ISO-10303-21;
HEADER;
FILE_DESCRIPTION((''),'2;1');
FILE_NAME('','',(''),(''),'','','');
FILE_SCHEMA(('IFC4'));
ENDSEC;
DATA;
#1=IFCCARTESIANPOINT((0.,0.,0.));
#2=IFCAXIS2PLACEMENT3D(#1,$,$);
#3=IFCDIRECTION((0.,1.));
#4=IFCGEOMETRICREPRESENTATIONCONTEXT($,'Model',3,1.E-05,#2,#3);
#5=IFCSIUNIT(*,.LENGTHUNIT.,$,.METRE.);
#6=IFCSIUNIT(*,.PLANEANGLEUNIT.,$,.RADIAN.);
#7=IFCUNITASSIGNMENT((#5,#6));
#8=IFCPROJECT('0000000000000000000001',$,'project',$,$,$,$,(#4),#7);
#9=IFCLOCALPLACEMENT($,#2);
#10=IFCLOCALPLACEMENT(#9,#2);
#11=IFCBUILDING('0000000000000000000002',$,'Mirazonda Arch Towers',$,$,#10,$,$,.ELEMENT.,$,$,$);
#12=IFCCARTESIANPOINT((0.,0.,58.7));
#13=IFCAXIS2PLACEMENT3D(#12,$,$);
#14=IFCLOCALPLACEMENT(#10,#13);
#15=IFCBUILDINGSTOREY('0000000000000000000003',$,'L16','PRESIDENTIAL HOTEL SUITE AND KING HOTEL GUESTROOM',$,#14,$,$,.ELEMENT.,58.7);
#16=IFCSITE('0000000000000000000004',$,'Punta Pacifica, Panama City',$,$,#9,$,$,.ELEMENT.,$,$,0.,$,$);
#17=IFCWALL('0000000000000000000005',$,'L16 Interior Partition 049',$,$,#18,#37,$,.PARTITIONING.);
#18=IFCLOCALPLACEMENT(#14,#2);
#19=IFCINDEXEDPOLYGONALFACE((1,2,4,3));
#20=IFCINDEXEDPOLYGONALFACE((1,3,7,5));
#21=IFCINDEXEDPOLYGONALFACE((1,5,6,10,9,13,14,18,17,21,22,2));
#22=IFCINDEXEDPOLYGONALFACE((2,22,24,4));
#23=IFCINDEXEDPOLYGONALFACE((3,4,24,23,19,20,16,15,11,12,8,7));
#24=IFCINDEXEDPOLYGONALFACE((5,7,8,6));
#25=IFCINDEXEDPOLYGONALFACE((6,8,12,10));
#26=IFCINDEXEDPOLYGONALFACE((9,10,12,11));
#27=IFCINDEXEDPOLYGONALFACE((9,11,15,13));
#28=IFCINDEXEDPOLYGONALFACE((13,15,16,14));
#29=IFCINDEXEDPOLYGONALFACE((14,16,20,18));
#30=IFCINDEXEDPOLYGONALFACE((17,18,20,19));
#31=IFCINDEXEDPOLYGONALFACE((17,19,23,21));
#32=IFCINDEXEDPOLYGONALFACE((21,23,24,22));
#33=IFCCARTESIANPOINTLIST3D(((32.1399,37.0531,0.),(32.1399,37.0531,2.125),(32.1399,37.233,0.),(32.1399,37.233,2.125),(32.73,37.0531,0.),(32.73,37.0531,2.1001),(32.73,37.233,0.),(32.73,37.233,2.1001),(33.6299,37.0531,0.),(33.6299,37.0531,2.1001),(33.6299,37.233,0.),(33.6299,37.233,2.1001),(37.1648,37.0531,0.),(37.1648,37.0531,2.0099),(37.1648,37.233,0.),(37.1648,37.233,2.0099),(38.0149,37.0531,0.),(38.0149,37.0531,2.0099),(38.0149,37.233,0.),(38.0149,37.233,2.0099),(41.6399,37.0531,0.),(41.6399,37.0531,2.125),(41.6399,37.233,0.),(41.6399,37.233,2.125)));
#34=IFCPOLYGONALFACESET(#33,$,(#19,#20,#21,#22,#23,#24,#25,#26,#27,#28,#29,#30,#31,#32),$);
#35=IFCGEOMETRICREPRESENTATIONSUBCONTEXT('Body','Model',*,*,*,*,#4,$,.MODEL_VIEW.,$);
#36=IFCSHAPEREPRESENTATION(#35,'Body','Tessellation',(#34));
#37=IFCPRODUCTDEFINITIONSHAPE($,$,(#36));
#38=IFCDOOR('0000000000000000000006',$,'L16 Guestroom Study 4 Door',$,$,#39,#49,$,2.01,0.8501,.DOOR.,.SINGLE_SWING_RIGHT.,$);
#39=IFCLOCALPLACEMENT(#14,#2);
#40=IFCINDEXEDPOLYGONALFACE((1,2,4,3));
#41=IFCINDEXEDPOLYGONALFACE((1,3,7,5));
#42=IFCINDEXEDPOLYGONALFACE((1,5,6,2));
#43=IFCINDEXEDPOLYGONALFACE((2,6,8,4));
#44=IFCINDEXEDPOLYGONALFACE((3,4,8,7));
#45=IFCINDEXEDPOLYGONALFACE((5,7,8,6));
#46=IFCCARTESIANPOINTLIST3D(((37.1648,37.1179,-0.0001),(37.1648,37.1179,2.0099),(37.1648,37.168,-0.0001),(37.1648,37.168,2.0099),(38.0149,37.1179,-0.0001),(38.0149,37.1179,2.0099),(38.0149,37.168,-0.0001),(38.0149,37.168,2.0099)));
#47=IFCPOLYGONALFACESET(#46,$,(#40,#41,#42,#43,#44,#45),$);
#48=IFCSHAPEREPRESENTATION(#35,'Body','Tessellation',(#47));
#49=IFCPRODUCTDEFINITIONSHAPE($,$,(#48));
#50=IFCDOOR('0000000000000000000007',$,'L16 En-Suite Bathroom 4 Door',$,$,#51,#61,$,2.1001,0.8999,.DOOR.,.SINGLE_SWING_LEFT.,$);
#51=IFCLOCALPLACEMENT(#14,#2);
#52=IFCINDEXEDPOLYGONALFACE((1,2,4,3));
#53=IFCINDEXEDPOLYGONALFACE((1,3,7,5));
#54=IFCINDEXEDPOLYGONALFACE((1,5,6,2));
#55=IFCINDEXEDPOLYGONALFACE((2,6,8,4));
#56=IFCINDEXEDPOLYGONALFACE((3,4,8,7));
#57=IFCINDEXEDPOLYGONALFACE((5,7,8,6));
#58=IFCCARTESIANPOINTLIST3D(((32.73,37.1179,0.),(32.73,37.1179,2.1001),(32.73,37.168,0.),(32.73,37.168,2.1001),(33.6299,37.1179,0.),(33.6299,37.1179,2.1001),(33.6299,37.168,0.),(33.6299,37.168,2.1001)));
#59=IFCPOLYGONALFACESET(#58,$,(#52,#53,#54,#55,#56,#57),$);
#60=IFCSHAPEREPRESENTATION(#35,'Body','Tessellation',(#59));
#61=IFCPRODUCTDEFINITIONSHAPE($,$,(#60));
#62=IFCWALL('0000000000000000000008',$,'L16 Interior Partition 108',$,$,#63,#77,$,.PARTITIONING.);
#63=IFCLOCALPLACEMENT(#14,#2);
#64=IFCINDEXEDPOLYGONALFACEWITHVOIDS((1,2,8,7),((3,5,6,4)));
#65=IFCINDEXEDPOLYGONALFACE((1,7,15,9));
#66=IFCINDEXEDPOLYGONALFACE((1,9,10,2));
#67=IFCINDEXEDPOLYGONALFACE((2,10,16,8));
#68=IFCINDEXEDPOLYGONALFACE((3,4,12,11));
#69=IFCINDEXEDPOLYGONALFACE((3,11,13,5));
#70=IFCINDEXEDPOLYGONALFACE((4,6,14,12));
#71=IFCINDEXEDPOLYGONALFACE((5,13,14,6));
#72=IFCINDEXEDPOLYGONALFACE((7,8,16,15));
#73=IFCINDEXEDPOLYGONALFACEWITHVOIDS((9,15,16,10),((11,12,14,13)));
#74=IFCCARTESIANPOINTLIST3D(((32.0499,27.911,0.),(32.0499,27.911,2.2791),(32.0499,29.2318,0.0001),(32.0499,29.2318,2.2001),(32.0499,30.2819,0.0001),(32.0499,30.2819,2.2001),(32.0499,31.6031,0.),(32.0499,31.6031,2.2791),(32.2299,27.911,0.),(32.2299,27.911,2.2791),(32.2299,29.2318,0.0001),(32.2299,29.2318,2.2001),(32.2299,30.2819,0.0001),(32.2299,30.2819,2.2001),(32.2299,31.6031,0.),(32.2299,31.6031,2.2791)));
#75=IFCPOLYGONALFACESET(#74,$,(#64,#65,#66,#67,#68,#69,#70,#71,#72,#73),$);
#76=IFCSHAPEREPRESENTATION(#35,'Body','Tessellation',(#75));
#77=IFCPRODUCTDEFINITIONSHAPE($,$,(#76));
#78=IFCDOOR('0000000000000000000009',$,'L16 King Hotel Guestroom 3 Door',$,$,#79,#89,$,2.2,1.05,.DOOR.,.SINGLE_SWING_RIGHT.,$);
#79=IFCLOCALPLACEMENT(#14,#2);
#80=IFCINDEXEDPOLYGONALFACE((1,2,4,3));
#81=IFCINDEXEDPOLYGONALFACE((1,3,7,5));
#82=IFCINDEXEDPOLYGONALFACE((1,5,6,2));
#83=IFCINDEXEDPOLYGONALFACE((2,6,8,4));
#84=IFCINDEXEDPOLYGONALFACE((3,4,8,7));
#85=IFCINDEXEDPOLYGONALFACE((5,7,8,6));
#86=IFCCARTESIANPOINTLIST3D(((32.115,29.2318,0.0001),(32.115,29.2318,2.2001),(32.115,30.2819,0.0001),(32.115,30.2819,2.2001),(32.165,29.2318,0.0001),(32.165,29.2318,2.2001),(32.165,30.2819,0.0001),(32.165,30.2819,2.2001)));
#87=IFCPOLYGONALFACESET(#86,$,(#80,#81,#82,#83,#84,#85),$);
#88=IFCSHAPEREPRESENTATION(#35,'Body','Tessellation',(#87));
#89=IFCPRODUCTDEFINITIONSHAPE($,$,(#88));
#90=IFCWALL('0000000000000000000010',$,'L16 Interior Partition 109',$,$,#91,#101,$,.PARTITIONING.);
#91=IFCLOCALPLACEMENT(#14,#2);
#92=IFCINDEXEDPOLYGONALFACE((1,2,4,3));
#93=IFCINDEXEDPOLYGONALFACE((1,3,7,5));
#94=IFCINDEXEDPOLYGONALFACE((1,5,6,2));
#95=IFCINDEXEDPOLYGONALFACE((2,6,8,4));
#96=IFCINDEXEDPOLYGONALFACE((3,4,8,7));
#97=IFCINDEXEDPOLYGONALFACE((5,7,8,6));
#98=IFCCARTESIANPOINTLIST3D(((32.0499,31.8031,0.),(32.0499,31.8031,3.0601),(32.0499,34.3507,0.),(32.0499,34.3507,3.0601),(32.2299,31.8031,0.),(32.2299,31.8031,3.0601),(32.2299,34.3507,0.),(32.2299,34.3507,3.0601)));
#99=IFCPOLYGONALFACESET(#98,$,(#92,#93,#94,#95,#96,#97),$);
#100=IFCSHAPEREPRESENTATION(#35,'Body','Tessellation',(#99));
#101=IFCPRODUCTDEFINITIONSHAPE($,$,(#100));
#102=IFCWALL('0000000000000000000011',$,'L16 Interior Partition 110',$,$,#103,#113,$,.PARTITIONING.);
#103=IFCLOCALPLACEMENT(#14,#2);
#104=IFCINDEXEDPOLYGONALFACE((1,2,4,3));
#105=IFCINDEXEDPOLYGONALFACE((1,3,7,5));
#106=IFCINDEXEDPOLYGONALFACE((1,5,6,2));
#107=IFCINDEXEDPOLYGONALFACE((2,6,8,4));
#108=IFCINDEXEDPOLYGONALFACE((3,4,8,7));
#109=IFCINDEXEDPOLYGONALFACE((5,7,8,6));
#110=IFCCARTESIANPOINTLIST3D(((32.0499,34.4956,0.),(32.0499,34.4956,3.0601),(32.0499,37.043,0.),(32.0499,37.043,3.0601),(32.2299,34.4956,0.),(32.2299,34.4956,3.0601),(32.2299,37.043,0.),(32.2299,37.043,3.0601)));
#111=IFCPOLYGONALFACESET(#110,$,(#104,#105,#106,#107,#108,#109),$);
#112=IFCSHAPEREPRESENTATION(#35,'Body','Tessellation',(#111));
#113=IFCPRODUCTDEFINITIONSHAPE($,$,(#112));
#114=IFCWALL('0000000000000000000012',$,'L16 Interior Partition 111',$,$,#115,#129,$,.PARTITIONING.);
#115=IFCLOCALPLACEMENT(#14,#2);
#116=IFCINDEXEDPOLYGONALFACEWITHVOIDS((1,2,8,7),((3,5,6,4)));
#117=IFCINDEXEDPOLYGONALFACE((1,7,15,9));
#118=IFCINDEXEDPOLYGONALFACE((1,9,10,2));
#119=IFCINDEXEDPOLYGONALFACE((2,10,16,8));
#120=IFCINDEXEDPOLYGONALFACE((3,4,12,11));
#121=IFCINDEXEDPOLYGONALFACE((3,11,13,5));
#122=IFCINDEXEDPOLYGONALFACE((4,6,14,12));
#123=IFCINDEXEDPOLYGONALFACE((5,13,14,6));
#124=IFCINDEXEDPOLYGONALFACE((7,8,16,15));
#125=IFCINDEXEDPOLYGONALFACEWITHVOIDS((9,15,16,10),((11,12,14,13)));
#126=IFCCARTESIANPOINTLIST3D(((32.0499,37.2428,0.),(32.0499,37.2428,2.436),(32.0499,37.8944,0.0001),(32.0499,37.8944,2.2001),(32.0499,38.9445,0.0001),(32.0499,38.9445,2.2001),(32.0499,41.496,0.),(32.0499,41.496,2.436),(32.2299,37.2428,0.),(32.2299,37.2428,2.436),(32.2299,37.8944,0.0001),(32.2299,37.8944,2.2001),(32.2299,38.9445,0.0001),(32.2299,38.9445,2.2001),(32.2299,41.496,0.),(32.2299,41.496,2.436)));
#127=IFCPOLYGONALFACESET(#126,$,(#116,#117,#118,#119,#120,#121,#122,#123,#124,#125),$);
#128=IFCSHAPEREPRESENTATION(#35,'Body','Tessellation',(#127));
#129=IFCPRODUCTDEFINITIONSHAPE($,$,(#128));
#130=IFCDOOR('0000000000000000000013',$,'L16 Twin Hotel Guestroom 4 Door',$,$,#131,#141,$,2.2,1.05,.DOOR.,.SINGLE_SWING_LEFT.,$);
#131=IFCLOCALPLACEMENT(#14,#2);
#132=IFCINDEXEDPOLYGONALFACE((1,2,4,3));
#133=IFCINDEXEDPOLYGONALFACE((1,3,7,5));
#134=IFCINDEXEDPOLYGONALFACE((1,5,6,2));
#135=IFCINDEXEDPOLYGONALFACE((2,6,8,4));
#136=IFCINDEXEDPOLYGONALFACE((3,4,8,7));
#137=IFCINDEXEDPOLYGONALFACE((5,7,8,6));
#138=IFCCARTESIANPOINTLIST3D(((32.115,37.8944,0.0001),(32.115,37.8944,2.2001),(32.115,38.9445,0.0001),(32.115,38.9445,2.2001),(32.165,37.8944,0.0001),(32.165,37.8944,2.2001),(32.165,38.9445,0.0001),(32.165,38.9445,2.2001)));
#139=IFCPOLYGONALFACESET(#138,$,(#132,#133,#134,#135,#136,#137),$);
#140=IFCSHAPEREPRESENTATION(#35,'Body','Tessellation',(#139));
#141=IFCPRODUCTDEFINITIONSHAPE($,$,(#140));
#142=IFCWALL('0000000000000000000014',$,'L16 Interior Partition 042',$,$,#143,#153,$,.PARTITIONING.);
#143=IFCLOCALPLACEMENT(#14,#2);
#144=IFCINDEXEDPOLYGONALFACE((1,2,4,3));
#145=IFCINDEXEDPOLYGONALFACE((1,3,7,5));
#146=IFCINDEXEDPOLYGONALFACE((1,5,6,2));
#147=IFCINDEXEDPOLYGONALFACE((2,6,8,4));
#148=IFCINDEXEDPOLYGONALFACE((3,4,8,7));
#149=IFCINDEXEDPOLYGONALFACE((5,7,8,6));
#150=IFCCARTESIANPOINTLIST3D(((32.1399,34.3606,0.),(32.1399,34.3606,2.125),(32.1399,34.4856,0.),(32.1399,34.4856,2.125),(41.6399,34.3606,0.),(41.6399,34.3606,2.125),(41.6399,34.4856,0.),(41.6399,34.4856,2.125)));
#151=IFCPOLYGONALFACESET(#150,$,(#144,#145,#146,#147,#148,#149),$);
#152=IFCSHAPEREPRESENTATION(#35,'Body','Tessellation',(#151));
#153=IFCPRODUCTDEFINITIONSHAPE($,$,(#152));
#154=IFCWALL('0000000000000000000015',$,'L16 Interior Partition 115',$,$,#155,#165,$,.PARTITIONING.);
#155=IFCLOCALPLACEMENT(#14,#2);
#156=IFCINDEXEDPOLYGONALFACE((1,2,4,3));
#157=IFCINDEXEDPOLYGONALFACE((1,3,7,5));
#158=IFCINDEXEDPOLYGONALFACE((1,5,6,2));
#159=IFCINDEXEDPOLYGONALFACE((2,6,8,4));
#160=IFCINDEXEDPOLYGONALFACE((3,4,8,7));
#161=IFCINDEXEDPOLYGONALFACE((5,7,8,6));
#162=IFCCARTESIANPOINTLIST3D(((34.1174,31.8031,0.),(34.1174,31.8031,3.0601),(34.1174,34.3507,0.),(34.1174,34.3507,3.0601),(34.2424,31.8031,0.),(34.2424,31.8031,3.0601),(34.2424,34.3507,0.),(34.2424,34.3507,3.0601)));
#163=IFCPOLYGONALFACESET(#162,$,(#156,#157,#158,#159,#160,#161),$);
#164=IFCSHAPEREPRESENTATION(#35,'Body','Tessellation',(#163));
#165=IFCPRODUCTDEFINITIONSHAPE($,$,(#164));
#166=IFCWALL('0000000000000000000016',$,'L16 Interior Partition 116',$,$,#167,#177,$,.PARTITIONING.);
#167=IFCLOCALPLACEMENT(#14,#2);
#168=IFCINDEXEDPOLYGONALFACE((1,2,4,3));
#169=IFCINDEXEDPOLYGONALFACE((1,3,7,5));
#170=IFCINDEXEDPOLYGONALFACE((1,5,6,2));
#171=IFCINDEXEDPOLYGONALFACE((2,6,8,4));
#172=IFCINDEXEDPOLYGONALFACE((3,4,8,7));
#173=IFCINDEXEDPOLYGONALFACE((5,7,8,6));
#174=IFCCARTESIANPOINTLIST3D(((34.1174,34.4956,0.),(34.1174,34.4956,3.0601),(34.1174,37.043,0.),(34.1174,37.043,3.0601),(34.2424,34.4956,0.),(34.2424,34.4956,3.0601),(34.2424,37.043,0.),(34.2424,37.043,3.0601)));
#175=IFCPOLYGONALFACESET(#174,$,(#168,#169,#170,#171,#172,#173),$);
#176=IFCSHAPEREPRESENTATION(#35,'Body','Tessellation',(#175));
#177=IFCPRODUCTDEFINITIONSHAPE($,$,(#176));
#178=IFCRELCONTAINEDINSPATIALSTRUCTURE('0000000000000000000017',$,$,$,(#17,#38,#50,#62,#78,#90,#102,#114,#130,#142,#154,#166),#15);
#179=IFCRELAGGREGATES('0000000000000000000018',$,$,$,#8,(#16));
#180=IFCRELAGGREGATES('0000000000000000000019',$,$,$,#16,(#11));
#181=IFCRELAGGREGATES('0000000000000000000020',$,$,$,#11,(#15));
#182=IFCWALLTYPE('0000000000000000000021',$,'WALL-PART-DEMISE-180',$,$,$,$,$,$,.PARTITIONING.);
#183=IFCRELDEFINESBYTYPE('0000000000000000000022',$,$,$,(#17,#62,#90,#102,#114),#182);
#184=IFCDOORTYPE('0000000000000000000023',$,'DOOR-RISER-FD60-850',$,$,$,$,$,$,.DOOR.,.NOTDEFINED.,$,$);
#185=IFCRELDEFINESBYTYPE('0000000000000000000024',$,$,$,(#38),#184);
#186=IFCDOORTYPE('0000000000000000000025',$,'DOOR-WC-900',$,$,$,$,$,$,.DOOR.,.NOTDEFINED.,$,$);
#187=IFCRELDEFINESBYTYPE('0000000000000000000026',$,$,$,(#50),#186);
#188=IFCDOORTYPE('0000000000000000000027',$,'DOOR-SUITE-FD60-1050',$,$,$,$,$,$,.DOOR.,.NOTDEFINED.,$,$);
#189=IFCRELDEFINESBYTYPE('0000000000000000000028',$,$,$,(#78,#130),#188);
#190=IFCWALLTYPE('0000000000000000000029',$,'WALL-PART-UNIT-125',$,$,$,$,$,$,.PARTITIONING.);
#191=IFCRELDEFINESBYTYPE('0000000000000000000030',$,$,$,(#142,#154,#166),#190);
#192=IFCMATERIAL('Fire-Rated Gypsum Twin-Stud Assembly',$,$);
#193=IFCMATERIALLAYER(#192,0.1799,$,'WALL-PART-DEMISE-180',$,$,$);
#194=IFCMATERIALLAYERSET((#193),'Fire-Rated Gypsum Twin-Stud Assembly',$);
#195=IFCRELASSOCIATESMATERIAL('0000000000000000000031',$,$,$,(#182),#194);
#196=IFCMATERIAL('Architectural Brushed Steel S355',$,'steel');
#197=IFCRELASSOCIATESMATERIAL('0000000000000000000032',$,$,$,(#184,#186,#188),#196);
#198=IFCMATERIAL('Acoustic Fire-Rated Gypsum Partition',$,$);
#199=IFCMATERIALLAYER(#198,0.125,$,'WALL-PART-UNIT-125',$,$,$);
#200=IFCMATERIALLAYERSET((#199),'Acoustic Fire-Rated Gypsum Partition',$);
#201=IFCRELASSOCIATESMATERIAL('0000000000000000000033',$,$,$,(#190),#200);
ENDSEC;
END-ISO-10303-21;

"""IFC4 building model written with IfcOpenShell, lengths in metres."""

from ifc_helpers import new_model, si_unit, direction, frame, frame_2d, origin, place, context, subcontext, project, spatial, rectangle, extrude, material, layer, layer_set, type_object, element, fill, save


model = new_model("IFC4")

# Units and contexts
model_context = context("Model", 3, precision=1e-05, world=origin(), true_north=direction((0.0, 1.0)))
body_context = subcontext(model_context, "Body", "Model", "MODEL_VIEW")
ifc_project = project(units=[si_unit("LENGTHUNIT", "METRE"), si_unit("PLANEANGLEUNIT", "RADIAN")], contexts=[model_context])

# Site, building, storey
site_placement = place(None, origin())
site = spatial("IfcSite", under=ifc_project, at=site_placement, Name="Punta Pacifica, Panama City", CompositionType="ELEMENT", RefElevation=0.0)
building_placement = place(site_placement, origin())
building = spatial("IfcBuilding", under=site, at=building_placement, Name="Mirazonda Arch Towers", CompositionType="ELEMENT")
storey_placement = place(building_placement, frame((0.0, 0.0, 58.7)))
storey = spatial("IfcBuildingStorey", under=building, at=storey_placement, Name="L16", Description="PRESIDENTIAL HOTEL SUITE AND KING HOTEL GUESTROOM", CompositionType="ELEMENT", Elevation=58.7)

# Shared definitions
ifc_material_1 = material(Name="Fire-Rated Gypsum Twin-Stud Assembly")
ifc_layer_1 = layer(ifc_material_1, 0.1799, Name="WALL-PART-DEMISE-180")
ifc_layer_set_1 = layer_set([ifc_layer_1], Name="Fire-Rated Gypsum Twin-Stud Assembly")
wall_type_1 = type_object("IfcWallType", Name="WALL-PART-DEMISE-180", PredefinedType="PARTITIONING", material=ifc_layer_set_1)

# Wall, openings, doors
ifc_material_2 = material(Name="Architectural Brushed Steel S355", Category="steel")
door_type_1 = type_object("IfcDoorType", Name="DOOR-RISER-FD60-850", OperationType="NOTDEFINED", PredefinedType="DOOR", material=ifc_material_2)
door_type_2 = type_object("IfcDoorType", Name="DOOR-WC-900", OperationType="NOTDEFINED", PredefinedType="DOOR", material=ifc_material_2)
wall_1_placement = place(storey_placement, frame((32.1399, 37.1431, 0.0), z_axis=(0.0, 0.0, 1.0), x_axis=(1.0, 0.0, 0.0)))
wall_1 = element("IfcWall", 1, at=wall_1_placement, inside=storey, type_object=wall_type_1, Name="L16 Interior Partition 049", PredefinedType="PARTITIONING", context=body_context, shape_type="SweptSolid", body=[
    extrude(rectangle(XDim=9.5, YDim=0.1799, at=frame_2d((4.75, 0.0))), origin(), (0.0, 0.0, 1.0), 2.125),
])
opening_1_placement = place(wall_1_placement, frame((5.0249, 0.0, 0.0)))
opening_1 = element("IfcOpeningElement", 2, at=opening_1_placement, cuts=wall_1, PredefinedType="OPENING", context=body_context, shape_type="SweptSolid", body=[
    extrude(rectangle(XDim=0.8501, YDim=2.01, at=frame_2d((0.425, 1.0049))), frame((0.0, 0.0999, 0.0), z_axis=(0.0, -1.0, 0.0), x_axis=(1.0, 0.0, 0.0)), (0.0, 0.0, 1.0), 0.2),
])
opening_2_placement = place(wall_1_placement, frame((0.5901, 0.0, 0.0)))
opening_2 = element("IfcOpeningElement", 3, at=opening_2_placement, cuts=wall_1, PredefinedType="OPENING", context=body_context, shape_type="SweptSolid", body=[
    extrude(rectangle(XDim=0.8999, YDim=2.1001, at=frame_2d((0.45, 1.05))), frame((0.0, 0.0999, 0.0), z_axis=(0.0, -1.0, 0.0), x_axis=(1.0, 0.0, 0.0)), (0.0, 0.0, 1.0), 0.2),
])
door_1_placement = place(opening_1_placement, origin())
door_1 = element("IfcDoor", 4, at=door_1_placement, inside=storey, type_object=door_type_1, Name="L16 Guestroom Study 4 Door", OperationType="SINGLE_SWING_RIGHT", OverallHeight=2.01, OverallWidth=0.8501, PredefinedType="DOOR", context=body_context, shape_type="SweptSolid", body=[
    extrude(rectangle(XDim=0.8501, YDim=2.01, at=frame_2d((0.425, 1.0049))), frame((0.0, 0.0249, 0.0), z_axis=(0.0, -1.0, 0.0), x_axis=(1.0, 0.0, 0.0)), (0.0, 0.0, 1.0), 0.05),
])
fill(opening_1, door_1)
door_2_placement = place(opening_2_placement, origin())
door_2 = element("IfcDoor", 5, at=door_2_placement, inside=storey, type_object=door_type_2, Name="L16 En-Suite Bathroom 4 Door", OperationType="SINGLE_SWING_LEFT", OverallHeight=2.1001, OverallWidth=0.8999, PredefinedType="DOOR", context=body_context, shape_type="SweptSolid", body=[
    extrude(rectangle(XDim=0.8999, YDim=2.1001, at=frame_2d((0.45, 1.05))), frame((0.0, 0.0249, 0.0), z_axis=(0.0, -1.0, 0.0), x_axis=(1.0, 0.0, 0.0)), (0.0, 0.0, 1.0), 0.05),
])
fill(opening_2, door_2)

# Wall, opening, door
wall_2_placement = place(storey_placement, frame((32.1399, 27.9109, 0.0), z_axis=(0.0, 0.0, 1.0), x_axis=(0.0, 1.0, 0.0)))
wall_2 = element("IfcWall", 6, at=wall_2_placement, inside=storey, type_object=wall_type_1, Name="L16 Interior Partition 108", PredefinedType="PARTITIONING", context=body_context, shape_type="SweptSolid", body=[
    extrude(rectangle(XDim=3.6921, YDim=0.1799, at=frame_2d((1.8462, 0.0))), origin(), (0.0, 0.0, 1.0), 2.2791),
])
opening_3_placement = place(wall_2_placement, frame((1.321, 0.0, 0.0)))
opening_3 = element("IfcOpeningElement", 7, at=opening_3_placement, cuts=wall_2, PredefinedType="OPENING", context=body_context, shape_type="SweptSolid", body=[
    extrude(rectangle(XDim=1.05, YDim=2.2, at=frame_2d((0.5249, 1.1001))), frame((0.0, 0.0999, 0.0), z_axis=(0.0, -1.0, 0.0), x_axis=(1.0, 0.0, 0.0)), (0.0, 0.0, 1.0), 0.2),
])
door_type_3 = type_object("IfcDoorType", Name="DOOR-SUITE-FD60-1050", OperationType="NOTDEFINED", PredefinedType="DOOR", material=ifc_material_2)
door_3_placement = place(opening_3_placement, origin())
door_3 = element("IfcDoor", 8, at=door_3_placement, inside=storey, type_object=door_type_3, Name="L16 King Hotel Guestroom 3 Door", OperationType="SINGLE_SWING_RIGHT", OverallHeight=2.2, OverallWidth=1.05, PredefinedType="DOOR", context=body_context, shape_type="SweptSolid", body=[
    extrude(rectangle(XDim=1.05, YDim=2.2, at=frame_2d((0.5249, 1.1001))), frame((0.0, 0.0249, 0.0), z_axis=(0.0, -1.0, 0.0), x_axis=(1.0, 0.0, 0.0)), (0.0, 0.0, 1.0), 0.05),
])
fill(opening_3, door_3)

# Walls
wall_3_placement = place(storey_placement, frame((32.1399, 31.803, 0.0), z_axis=(0.0, 0.0, 1.0), x_axis=(0.0, 1.0, 0.0)))
element("IfcWall", 9, at=wall_3_placement, inside=storey, type_object=wall_type_1, Name="L16 Interior Partition 109", PredefinedType="PARTITIONING", context=body_context, shape_type="SweptSolid", body=[
    extrude(rectangle(XDim=2.5476, YDim=0.1799, at=frame_2d((1.2739, 0.0))), origin(), (0.0, 0.0, 1.0), 3.0601),
])
wall_4_placement = place(storey_placement, frame((32.1399, 34.4956, 0.0), z_axis=(0.0, 0.0, 1.0), x_axis=(0.0, 1.0, 0.0)))
element("IfcWall", 10, at=wall_4_placement, inside=storey, type_object=wall_type_1, Name="L16 Interior Partition 110", PredefinedType="PARTITIONING", context=body_context, shape_type="SweptSolid", body=[
    extrude(rectangle(XDim=2.5474, YDim=0.1799, at=frame_2d((1.2737, 0.0))), origin(), (0.0, 0.0, 1.0), 3.0601),
])

# Wall, opening, door
wall_5_placement = place(storey_placement, frame((32.1399, 37.2429, 0.0), z_axis=(0.0, 0.0, 1.0), x_axis=(0.0, 1.0, 0.0)))
wall_5 = element("IfcWall", 11, at=wall_5_placement, inside=storey, type_object=wall_type_1, Name="L16 Interior Partition 111", PredefinedType="PARTITIONING", context=body_context, shape_type="SweptSolid", body=[
    extrude(rectangle(XDim=4.2532, YDim=0.1799, at=frame_2d((2.1265, 0.0))), origin(), (0.0, 0.0, 1.0), 2.436),
])
opening_4_placement = place(wall_5_placement, frame((0.6516, 0.0, 0.0)))
opening_4 = element("IfcOpeningElement", 12, at=opening_4_placement, cuts=wall_5, PredefinedType="OPENING", context=body_context, shape_type="SweptSolid", body=[
    extrude(rectangle(XDim=1.05, YDim=2.2, at=frame_2d((0.5249, 1.1001))), frame((0.0, 0.0999, 0.0), z_axis=(0.0, -1.0, 0.0), x_axis=(1.0, 0.0, 0.0)), (0.0, 0.0, 1.0), 0.2),
])
door_4_placement = place(opening_4_placement, origin())
door_4 = element("IfcDoor", 13, at=door_4_placement, inside=storey, type_object=door_type_3, Name="L16 Twin Hotel Guestroom 4 Door", OperationType="SINGLE_SWING_LEFT", OverallHeight=2.2, OverallWidth=1.05, PredefinedType="DOOR", context=body_context, shape_type="SweptSolid", body=[
    extrude(rectangle(XDim=1.05, YDim=2.2, at=frame_2d((0.5249, 1.1001))), frame((0.0, 0.0249, 0.0), z_axis=(0.0, -1.0, 0.0), x_axis=(1.0, 0.0, 0.0)), (0.0, 0.0, 1.0), 0.05),
])
fill(opening_4, door_4)

# Walls
ifc_material_3 = material(Name="Acoustic Fire-Rated Gypsum Partition")
ifc_layer_2 = layer(ifc_material_3, 0.125, Name="WALL-PART-UNIT-125")
ifc_layer_set_2 = layer_set([ifc_layer_2], Name="Acoustic Fire-Rated Gypsum Partition")
wall_type_2 = type_object("IfcWallType", Name="WALL-PART-UNIT-125", PredefinedType="PARTITIONING", material=ifc_layer_set_2)
wall_6_placement = place(storey_placement, frame((32.1399, 34.4231, 0.0), z_axis=(0.0, 0.0, 1.0), x_axis=(1.0, 0.0, 0.0)))
element("IfcWall", 14, at=wall_6_placement, inside=storey, type_object=wall_type_2, Name="L16 Interior Partition 042", PredefinedType="PARTITIONING", context=body_context, shape_type="SweptSolid", body=[
    extrude(rectangle(XDim=9.5, YDim=0.125, at=frame_2d((4.75, 0.0))), origin(), (0.0, 0.0, 1.0), 2.125),
])
wall_7_placement = place(storey_placement, frame((34.1799, 31.803, 0.0), z_axis=(0.0, 0.0, 1.0), x_axis=(0.0, 1.0, 0.0)))
element("IfcWall", 15, at=wall_7_placement, inside=storey, type_object=wall_type_2, Name="L16 Interior Partition 115", PredefinedType="PARTITIONING", context=body_context, shape_type="SweptSolid", body=[
    extrude(rectangle(XDim=2.5476, YDim=0.125, at=frame_2d((1.2739, 0.0))), origin(), (0.0, 0.0, 1.0), 3.0601),
])
wall_8_placement = place(storey_placement, frame((34.1799, 34.4956, 0.0), z_axis=(0.0, 0.0, 1.0), x_axis=(0.0, 1.0, 0.0)))
element("IfcWall", 16, at=wall_8_placement, inside=storey, type_object=wall_type_2, Name="L16 Interior Partition 116", PredefinedType="PARTITIONING", context=body_context, shape_type="SweptSolid", body=[
    extrude(rectangle(XDim=2.5474, YDim=0.125, at=frame_2d((1.2737, 0.0))), origin(), (0.0, 0.0, 1.0), 3.0601),
])

save(model, "model.ifc")
